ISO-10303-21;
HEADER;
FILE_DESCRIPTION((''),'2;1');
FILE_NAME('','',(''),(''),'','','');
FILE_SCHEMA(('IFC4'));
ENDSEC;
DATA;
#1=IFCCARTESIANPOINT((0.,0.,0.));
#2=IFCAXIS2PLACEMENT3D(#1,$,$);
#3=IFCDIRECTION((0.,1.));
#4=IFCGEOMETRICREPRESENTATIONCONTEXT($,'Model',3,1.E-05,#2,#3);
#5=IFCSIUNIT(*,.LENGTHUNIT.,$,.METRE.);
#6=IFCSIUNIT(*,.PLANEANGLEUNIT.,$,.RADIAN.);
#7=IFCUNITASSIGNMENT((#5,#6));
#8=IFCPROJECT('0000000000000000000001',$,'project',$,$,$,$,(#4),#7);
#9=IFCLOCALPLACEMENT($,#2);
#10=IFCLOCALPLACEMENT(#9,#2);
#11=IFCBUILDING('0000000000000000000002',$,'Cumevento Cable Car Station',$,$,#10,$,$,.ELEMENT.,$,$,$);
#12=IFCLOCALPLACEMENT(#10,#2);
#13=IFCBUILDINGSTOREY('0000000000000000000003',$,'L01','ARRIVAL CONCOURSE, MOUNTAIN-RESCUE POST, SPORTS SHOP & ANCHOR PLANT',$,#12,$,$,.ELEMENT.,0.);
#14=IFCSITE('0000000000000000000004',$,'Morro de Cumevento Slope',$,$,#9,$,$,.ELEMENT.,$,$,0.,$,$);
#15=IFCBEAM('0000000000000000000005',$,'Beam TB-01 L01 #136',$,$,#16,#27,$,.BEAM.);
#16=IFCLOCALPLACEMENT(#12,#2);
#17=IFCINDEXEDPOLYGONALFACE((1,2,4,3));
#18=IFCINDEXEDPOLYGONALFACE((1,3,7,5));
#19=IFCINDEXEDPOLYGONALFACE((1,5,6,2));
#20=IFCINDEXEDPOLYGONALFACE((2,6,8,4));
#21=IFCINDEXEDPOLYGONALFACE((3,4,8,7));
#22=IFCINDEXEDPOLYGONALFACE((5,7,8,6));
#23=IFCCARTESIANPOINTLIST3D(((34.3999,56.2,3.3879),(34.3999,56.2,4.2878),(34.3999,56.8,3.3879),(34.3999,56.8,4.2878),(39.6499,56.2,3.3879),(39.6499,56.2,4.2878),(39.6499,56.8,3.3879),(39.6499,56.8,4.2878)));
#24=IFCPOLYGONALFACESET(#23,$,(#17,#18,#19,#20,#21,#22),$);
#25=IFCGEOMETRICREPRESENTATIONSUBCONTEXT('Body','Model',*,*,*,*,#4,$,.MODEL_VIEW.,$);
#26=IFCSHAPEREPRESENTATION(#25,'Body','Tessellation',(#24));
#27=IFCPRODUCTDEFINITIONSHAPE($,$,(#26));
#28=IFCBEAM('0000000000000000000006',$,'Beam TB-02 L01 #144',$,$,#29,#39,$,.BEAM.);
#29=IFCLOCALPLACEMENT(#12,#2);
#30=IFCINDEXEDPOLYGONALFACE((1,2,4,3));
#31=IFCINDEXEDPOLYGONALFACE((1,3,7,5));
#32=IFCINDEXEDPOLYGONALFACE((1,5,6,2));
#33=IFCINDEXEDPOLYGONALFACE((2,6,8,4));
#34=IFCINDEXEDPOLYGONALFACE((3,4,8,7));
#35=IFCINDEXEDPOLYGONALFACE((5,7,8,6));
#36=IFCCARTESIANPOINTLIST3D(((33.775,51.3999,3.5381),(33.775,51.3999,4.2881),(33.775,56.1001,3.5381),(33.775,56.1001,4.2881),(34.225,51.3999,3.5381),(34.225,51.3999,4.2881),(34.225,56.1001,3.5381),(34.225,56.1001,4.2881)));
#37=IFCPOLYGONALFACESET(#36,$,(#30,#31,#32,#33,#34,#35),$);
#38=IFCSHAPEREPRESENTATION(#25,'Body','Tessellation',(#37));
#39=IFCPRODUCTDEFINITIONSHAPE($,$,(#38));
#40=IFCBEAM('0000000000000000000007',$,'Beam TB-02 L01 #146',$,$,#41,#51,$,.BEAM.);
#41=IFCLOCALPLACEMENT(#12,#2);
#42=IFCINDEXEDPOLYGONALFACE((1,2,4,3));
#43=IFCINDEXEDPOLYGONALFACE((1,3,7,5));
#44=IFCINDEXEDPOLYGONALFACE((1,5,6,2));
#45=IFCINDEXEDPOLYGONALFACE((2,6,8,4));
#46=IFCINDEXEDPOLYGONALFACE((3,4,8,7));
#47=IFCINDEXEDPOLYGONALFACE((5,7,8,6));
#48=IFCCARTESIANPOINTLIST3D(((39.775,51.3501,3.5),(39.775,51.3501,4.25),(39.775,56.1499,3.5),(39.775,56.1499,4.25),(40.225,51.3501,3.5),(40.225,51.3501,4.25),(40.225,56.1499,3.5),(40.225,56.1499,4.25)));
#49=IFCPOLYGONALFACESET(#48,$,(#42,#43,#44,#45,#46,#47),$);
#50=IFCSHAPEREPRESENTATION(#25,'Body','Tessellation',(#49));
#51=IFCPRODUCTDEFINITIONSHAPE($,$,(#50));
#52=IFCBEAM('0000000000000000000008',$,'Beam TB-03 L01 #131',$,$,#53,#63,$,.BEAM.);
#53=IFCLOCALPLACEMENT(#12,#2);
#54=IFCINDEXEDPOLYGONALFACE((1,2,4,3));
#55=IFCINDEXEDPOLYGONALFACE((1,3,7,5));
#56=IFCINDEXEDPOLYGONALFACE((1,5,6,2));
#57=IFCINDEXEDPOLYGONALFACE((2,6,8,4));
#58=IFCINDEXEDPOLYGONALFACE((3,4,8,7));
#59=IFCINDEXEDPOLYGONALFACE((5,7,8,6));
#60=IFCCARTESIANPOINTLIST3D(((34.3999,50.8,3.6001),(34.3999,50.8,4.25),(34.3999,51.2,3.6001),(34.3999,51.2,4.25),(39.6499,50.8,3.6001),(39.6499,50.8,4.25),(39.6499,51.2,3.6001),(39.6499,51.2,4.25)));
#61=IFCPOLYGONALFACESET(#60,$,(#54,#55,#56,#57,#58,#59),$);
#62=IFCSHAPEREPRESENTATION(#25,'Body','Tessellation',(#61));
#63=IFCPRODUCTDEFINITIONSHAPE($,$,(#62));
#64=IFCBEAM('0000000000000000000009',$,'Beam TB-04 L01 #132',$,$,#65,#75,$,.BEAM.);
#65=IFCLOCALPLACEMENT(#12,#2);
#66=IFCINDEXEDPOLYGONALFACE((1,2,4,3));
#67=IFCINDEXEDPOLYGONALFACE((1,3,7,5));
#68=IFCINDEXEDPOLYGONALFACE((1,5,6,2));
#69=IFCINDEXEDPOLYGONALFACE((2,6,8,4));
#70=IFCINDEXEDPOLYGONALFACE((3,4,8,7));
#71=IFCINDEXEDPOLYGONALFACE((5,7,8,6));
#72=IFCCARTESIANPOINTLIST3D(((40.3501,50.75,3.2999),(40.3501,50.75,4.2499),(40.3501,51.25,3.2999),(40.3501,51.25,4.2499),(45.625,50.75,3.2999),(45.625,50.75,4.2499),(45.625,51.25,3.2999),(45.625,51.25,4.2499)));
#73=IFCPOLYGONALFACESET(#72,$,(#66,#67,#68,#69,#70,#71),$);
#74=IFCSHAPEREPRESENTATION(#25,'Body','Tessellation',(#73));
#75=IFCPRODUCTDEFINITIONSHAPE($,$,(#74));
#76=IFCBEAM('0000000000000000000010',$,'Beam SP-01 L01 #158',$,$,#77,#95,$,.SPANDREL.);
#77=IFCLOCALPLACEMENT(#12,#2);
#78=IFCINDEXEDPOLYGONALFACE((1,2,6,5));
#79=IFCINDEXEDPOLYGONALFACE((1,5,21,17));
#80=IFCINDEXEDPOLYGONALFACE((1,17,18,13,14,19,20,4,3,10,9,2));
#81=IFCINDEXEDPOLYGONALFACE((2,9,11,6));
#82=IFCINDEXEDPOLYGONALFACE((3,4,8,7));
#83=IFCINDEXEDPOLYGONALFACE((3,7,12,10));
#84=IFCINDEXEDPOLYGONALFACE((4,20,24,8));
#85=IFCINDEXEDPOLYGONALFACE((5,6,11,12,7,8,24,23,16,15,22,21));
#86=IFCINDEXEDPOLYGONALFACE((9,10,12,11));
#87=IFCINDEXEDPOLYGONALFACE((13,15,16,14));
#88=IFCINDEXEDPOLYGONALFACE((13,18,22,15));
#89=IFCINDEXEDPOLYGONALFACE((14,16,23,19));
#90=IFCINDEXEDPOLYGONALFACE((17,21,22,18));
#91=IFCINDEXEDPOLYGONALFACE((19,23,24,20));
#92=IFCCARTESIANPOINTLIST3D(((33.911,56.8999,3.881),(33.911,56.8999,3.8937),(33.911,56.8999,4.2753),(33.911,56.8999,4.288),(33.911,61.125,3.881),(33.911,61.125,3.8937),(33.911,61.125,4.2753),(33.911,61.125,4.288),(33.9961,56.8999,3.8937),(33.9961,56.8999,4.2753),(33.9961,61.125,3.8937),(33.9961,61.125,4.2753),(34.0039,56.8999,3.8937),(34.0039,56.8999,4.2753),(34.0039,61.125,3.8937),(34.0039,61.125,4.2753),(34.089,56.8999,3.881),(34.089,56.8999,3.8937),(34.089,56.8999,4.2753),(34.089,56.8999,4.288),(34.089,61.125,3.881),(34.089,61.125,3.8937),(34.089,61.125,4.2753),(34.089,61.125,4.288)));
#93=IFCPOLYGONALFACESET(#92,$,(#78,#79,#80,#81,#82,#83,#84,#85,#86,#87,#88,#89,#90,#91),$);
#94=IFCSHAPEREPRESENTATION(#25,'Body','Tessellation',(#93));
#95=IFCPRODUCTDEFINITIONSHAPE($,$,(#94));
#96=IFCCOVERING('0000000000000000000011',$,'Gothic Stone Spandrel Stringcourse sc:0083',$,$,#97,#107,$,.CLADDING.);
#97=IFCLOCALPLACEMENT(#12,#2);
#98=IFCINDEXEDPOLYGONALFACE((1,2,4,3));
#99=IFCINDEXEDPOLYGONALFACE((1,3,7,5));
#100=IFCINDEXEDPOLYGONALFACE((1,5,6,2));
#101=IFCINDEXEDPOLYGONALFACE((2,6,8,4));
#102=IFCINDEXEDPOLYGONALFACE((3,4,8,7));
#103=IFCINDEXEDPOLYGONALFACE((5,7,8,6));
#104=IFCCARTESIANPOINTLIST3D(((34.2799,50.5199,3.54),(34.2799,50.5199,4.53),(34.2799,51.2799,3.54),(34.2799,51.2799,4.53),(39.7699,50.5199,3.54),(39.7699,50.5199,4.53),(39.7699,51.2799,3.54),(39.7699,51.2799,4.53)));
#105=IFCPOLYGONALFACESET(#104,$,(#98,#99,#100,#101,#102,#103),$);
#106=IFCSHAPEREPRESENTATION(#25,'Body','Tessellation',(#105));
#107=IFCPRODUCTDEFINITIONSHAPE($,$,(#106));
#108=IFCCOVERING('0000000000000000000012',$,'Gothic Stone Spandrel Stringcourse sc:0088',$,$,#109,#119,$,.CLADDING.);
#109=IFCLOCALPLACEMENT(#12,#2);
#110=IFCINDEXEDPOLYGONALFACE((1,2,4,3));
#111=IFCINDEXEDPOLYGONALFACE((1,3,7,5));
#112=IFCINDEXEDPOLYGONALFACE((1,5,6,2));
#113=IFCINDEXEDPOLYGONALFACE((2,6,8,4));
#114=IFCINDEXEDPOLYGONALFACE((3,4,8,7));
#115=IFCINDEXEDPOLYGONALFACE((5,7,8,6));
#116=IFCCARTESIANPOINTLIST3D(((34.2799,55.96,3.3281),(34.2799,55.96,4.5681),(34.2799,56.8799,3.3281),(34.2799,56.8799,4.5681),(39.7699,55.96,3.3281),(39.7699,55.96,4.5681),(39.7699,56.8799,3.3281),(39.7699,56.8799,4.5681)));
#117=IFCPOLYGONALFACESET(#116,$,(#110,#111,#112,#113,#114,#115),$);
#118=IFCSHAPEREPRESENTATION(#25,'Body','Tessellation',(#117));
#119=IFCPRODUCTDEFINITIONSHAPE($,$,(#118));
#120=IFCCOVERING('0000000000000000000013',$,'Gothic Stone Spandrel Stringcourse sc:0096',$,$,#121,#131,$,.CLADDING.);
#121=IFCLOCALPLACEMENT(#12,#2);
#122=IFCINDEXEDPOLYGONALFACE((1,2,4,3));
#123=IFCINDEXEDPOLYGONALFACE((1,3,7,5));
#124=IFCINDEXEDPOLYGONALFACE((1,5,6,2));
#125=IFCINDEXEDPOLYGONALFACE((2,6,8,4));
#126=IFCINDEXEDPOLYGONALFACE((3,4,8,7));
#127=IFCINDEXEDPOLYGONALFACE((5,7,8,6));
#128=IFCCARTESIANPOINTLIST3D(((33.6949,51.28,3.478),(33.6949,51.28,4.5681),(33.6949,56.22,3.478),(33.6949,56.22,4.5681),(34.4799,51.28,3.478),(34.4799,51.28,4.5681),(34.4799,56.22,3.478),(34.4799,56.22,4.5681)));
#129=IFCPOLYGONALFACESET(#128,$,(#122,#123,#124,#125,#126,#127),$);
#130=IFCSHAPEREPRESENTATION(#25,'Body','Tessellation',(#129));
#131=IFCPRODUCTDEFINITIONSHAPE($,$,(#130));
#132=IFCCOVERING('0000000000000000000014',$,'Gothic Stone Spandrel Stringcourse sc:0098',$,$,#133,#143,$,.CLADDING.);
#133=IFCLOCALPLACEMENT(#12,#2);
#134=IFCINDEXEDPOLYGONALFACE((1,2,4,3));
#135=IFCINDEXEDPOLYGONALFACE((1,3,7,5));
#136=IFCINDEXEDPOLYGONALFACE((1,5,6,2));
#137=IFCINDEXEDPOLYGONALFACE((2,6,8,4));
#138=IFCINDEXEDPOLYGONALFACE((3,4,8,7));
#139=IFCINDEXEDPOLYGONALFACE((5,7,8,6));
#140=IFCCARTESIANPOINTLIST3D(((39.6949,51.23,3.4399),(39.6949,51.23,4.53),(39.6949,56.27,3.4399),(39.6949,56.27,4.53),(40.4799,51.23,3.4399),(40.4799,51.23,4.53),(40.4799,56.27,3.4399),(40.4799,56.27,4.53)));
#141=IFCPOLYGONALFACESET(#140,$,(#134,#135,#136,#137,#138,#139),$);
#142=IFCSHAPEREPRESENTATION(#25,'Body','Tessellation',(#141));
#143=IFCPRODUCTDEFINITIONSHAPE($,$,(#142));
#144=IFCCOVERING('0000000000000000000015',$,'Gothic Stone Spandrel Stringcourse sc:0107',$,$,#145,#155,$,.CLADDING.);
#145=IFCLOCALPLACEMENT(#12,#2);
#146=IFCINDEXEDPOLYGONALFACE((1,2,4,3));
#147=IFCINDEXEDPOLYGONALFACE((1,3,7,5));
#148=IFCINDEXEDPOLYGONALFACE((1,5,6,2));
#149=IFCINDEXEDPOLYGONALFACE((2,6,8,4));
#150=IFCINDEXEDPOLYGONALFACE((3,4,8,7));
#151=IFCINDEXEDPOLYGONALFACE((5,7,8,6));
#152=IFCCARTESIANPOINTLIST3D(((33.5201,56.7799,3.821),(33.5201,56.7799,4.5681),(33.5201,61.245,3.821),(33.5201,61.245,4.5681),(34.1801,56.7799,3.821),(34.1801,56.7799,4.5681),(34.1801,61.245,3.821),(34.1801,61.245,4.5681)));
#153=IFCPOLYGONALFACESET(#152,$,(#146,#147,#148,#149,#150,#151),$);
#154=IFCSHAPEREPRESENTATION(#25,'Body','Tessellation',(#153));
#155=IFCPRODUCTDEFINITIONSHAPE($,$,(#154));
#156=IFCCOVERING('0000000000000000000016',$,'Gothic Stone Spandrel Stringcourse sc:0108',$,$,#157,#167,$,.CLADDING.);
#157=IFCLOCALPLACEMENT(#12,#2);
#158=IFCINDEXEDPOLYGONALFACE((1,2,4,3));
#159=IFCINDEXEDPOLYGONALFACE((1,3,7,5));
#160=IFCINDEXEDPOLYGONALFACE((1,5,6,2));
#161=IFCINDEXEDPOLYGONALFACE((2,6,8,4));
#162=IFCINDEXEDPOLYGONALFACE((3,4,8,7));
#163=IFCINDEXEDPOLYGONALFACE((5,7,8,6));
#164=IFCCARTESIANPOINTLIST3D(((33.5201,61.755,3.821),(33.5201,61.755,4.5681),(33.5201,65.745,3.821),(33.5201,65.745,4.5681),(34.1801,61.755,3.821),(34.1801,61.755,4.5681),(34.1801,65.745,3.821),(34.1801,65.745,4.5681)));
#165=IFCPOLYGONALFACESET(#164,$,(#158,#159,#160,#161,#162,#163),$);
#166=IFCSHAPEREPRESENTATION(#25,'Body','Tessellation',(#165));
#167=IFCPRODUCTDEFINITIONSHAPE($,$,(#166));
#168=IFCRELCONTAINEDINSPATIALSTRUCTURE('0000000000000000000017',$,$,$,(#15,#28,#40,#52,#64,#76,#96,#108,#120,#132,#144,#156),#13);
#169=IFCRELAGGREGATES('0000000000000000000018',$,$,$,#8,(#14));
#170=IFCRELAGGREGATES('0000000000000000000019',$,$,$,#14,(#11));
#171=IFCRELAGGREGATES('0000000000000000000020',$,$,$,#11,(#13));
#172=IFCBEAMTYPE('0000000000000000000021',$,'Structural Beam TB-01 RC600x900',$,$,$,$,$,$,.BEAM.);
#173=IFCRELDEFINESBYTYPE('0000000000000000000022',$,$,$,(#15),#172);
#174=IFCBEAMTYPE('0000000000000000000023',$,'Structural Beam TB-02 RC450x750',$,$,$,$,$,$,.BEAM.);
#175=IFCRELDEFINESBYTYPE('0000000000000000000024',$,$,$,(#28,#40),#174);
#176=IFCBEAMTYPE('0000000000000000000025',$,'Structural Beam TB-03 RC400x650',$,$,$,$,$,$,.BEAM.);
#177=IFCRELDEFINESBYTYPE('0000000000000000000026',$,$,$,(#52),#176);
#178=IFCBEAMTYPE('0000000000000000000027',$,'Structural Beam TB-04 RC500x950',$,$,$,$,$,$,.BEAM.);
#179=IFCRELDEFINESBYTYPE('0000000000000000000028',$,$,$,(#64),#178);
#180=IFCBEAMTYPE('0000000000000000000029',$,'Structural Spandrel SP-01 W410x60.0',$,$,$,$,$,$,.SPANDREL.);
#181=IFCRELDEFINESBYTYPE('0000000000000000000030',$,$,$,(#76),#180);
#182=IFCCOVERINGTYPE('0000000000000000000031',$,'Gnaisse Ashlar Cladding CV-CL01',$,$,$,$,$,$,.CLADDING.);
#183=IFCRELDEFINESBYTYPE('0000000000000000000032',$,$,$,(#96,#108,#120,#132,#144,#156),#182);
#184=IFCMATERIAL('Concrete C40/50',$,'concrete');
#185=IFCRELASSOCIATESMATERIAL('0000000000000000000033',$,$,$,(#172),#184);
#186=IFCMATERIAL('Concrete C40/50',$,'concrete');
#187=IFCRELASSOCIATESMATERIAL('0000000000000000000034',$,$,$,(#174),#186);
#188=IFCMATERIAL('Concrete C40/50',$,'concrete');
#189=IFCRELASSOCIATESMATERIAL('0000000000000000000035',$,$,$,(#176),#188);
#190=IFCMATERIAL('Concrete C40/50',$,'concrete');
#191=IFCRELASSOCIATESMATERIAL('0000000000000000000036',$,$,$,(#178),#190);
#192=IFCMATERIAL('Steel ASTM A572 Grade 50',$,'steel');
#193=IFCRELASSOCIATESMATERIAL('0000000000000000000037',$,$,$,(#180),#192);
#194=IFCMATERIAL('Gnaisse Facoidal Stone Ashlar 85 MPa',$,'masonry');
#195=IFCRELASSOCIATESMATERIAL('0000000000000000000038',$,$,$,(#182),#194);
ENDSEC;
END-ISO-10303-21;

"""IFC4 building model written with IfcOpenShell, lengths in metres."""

from ifc_helpers import new_model, si_unit, direction, frame, origin, origin_2d, place, context, subcontext, project, spatial, rectangle, i_section, extrude, material, material_profile, profile_set, type_object, element, save


model = new_model("IFC4")

# Units and contexts
model_context = context("Model", 3, precision=1e-05, world=origin(), true_north=direction((0.0, 1.0)))
body_context = subcontext(model_context, "Body", "Model", "MODEL_VIEW")
ifc_project = project(units=[si_unit("LENGTHUNIT", "METRE"), si_unit("PLANEANGLEUNIT", "RADIAN")], contexts=[model_context])

# Site, building, storey
site_placement = place(None, origin())
site = spatial("IfcSite", under=ifc_project, at=site_placement, Name="Morro de Cumevento Slope", CompositionType="ELEMENT", RefElevation=0.0)
building_placement = place(site_placement, origin())
building = spatial("IfcBuilding", under=site, at=building_placement, Name="Cumevento Cable Car Station", CompositionType="ELEMENT")
storey_placement = place(building_placement, origin())
storey = spatial("IfcBuildingStorey", under=building, at=storey_placement, Name="L01", Description="ARRIVAL CONCOURSE, MOUNTAIN-RESCUE POST, SPORTS SHOP & ANCHOR PLANT", CompositionType="ELEMENT", Elevation=0.0)

# Beams
ifc_material_1 = material(Name="Concrete C40/50", Category="concrete")
ifc_material_profile_1 = material_profile(ifc_material_1, rectangle(XDim=0.6001, YDim=0.8999, at=origin_2d()), Name="RC600x900")
ifc_profile_set_1 = profile_set([ifc_material_profile_1], Name="Concrete C40/50")
beam_type_1 = type_object("IfcBeamType", Name="Structural Beam TB-01 RC600x900", PredefinedType="BEAM", material=ifc_profile_set_1)
beam_1_placement = place(storey_placement, frame((34.3999, 56.5, 3.8379), z_axis=(1.0, 0.0, 0.0), x_axis=(0.0, 1.0, 0.0)))
element("IfcBeam", 1, at=beam_1_placement, inside=storey, type_object=beam_type_1, Name="Beam TB-01 L01 #136", PredefinedType="BEAM", context=body_context, shape_type="SweptSolid", body=[
    extrude(rectangle(XDim=0.6001, YDim=0.8999, at=origin_2d()), origin(), (0.0, 0.0, 1.0), 5.25),
])
ifc_material_2 = material(Name="Concrete C40/50", Category="concrete")
ifc_material_profile_2 = material_profile(ifc_material_2, rectangle(XDim=0.45, YDim=0.75, at=origin_2d()), Name="RC450x750")
ifc_profile_set_2 = profile_set([ifc_material_profile_2], Name="Concrete C40/50")
beam_type_2 = type_object("IfcBeamType", Name="Structural Beam TB-02 RC450x750", PredefinedType="BEAM", material=ifc_profile_set_2)
beam_2_placement = place(storey_placement, frame((34.0, 51.3999, 3.9131), z_axis=(0.0, 1.0, 0.0), x_axis=(-1.0, 0.0, 0.0)))
element("IfcBeam", 2, at=beam_2_placement, inside=storey, type_object=beam_type_2, Name="Beam TB-02 L01 #144", PredefinedType="BEAM", context=body_context, shape_type="SweptSolid", body=[
    extrude(rectangle(XDim=0.45, YDim=0.75, at=origin_2d()), origin(), (0.0, 0.0, 1.0), 4.7002),
])
beam_3_placement = place(storey_placement, frame((40.0, 51.3501, 3.875), z_axis=(0.0, 1.0, 0.0), x_axis=(-1.0, 0.0, 0.0)))
element("IfcBeam", 3, at=beam_3_placement, inside=storey, type_object=beam_type_2, Name="Beam TB-02 L01 #146", PredefinedType="BEAM", context=body_context, shape_type="SweptSolid", body=[
    extrude(rectangle(XDim=0.45, YDim=0.75, at=origin_2d()), origin(), (0.0, 0.0, 1.0), 4.7998),
])
ifc_material_3 = material(Name="Concrete C40/50", Category="concrete")
ifc_material_profile_3 = material_profile(ifc_material_3, rectangle(XDim=0.3999, YDim=0.6499, at=origin_2d()), Name="RC400x650")
ifc_profile_set_3 = profile_set([ifc_material_profile_3], Name="Concrete C40/50")
beam_type_3 = type_object("IfcBeamType", Name="Structural Beam TB-03 RC400x650", PredefinedType="BEAM", material=ifc_profile_set_3)
beam_4_placement = place(storey_placement, frame((34.3999, 51.0, 3.925), z_axis=(1.0, 0.0, 0.0), x_axis=(0.0, 1.0, 0.0)))
element("IfcBeam", 4, at=beam_4_placement, inside=storey, type_object=beam_type_3, Name="Beam TB-03 L01 #131", PredefinedType="BEAM", context=body_context, shape_type="SweptSolid", body=[
    extrude(rectangle(XDim=0.3999, YDim=0.6499, at=origin_2d()), origin(), (0.0, 0.0, 1.0), 5.25),
])
ifc_material_4 = material(Name="Concrete C40/50", Category="concrete")
ifc_material_profile_4 = material_profile(ifc_material_4, rectangle(XDim=0.5, YDim=0.95, at=origin_2d()), Name="RC500x950")
ifc_profile_set_4 = profile_set([ifc_material_profile_4], Name="Concrete C40/50")
beam_type_4 = type_object("IfcBeamType", Name="Structural Beam TB-04 RC500x950", PredefinedType="BEAM", material=ifc_profile_set_4)
beam_5_placement = place(storey_placement, frame((40.3501, 51.0, 3.7749), z_axis=(1.0, 0.0, 0.0), x_axis=(0.0, 1.0, 0.0)))
element("IfcBeam", 5, at=beam_5_placement, inside=storey, type_object=beam_type_4, Name="Beam TB-04 L01 #132", PredefinedType="BEAM", context=body_context, shape_type="SweptSolid", body=[
    extrude(rectangle(XDim=0.5, YDim=0.95, at=origin_2d()), origin(), (0.0, 0.0, 1.0), 5.2749),
])
ifc_material_5 = material(Name="Steel ASTM A572 Grade 50", Category="steel")
ifc_material_profile_5 = material_profile(ifc_material_5, i_section(OverallWidth=0.178, OverallDepth=0.407, WebThickness=0.0078, FlangeThickness=0.0127, at=origin_2d()), Name="W410x60.0")
ifc_profile_set_5 = profile_set([ifc_material_profile_5], Name="Steel ASTM A572 Grade 50")
beam_type_5 = type_object("IfcBeamType", Name="Structural Spandrel SP-01 W410x60.0", PredefinedType="SPANDREL", material=ifc_profile_set_5)
beam_6_placement = place(storey_placement, frame((34.0, 56.8999, 4.0845), z_axis=(0.0, 1.0, 0.0), x_axis=(-1.0, 0.0, 0.0)))
element("IfcBeam", 6, at=beam_6_placement, inside=storey, type_object=beam_type_5, Name="Beam SP-01 L01 #158", PredefinedType="SPANDREL", context=body_context, shape_type="SweptSolid", body=[
    extrude(i_section(OverallWidth=0.178, OverallDepth=0.407, WebThickness=0.0078, FlangeThickness=0.0127, at=origin_2d()), origin(), (0.0, 0.0, 1.0), 4.2251),
])

# Coverings
ifc_material_6 = material(Name="Gnaisse Facoidal Stone Ashlar 85 MPa", Category="masonry")
covering_type = type_object("IfcCoveringType", Name="Gnaisse Ashlar Cladding CV-CL01", PredefinedType="CLADDING", material=ifc_material_6)
covering_1_placement = place(storey_placement, frame((37.0249, 50.8999, 3.54), z_axis=(0.0, 0.0, 1.0), x_axis=(1.0, 0.0, 0.0)))
element("IfcCovering", 7, at=covering_1_placement, inside=storey, type_object=covering_type, Name="Gothic Stone Spandrel Stringcourse sc:0083", PredefinedType="CLADDING", context=body_context, shape_type="SweptSolid", body=[
    extrude(rectangle(XDim=5.49, YDim=0.76, at=origin_2d()), origin(), (0.0, 0.0, 1.0), 0.99),
])
covering_2_placement = place(storey_placement, frame((37.0249, 56.4199, 3.3281), z_axis=(0.0, 0.0, 1.0), x_axis=(1.0, 0.0, 0.0)))
element("IfcCovering", 8, at=covering_2_placement, inside=storey, type_object=covering_type, Name="Gothic Stone Spandrel Stringcourse sc:0088", PredefinedType="CLADDING", context=body_context, shape_type="SweptSolid", body=[
    extrude(rectangle(XDim=5.49, YDim=0.9199, at=origin_2d()), origin(), (0.0, 0.0, 1.0), 1.24),
])
covering_3_placement = place(storey_placement, frame((34.0874, 53.75, 3.478), z_axis=(0.0, 0.0, 1.0), x_axis=(0.0, 1.0, 0.0)))
element("IfcCovering", 9, at=covering_3_placement, inside=storey, type_object=covering_type, Name="Gothic Stone Spandrel Stringcourse sc:0096", PredefinedType="CLADDING", context=body_context, shape_type="SweptSolid", body=[
    extrude(rectangle(XDim=4.9399, YDim=0.7849, at=origin_2d()), origin(), (0.0, 0.0, 1.0), 1.0901),
])
covering_4_placement = place(storey_placement, frame((40.0874, 53.75, 3.4399), z_axis=(0.0, 0.0, 1.0), x_axis=(0.0, 1.0, 0.0)))
element("IfcCovering", 10, at=covering_4_placement, inside=storey, type_object=covering_type, Name="Gothic Stone Spandrel Stringcourse sc:0098", PredefinedType="CLADDING", context=body_context, shape_type="SweptSolid", body=[
    extrude(rectangle(XDim=5.04, YDim=0.7849, at=origin_2d()), origin(), (0.0, 0.0, 1.0), 1.0901),
])
covering_5_placement = place(storey_placement, frame((33.8501, 59.0125, 3.821), z_axis=(0.0, 0.0, 1.0), x_axis=(0.0, -1.0, 0.0)))
element("IfcCovering", 11, at=covering_5_placement, inside=storey, type_object=covering_type, Name="Gothic Stone Spandrel Stringcourse sc:0107", PredefinedType="CLADDING", context=body_context, shape_type="SweptSolid", body=[
    extrude(rectangle(XDim=4.4651, YDim=0.6599, at=origin_2d()), origin(), (0.0, 0.0, 1.0), 0.7471),
])
covering_6_placement = place(storey_placement, frame((33.8501, 63.75, 3.821), z_axis=(0.0, 0.0, 1.0), x_axis=(0.0, -1.0, 0.0)))
element("IfcCovering", 12, at=covering_6_placement, inside=storey, type_object=covering_type, Name="Gothic Stone Spandrel Stringcourse sc:0108", PredefinedType="CLADDING", context=body_context, shape_type="SweptSolid", body=[
    extrude(rectangle(XDim=3.99, YDim=0.6599, at=origin_2d()), origin(), (0.0, 0.0, 1.0), 0.7471),
])

save(model, "model.ifc")
